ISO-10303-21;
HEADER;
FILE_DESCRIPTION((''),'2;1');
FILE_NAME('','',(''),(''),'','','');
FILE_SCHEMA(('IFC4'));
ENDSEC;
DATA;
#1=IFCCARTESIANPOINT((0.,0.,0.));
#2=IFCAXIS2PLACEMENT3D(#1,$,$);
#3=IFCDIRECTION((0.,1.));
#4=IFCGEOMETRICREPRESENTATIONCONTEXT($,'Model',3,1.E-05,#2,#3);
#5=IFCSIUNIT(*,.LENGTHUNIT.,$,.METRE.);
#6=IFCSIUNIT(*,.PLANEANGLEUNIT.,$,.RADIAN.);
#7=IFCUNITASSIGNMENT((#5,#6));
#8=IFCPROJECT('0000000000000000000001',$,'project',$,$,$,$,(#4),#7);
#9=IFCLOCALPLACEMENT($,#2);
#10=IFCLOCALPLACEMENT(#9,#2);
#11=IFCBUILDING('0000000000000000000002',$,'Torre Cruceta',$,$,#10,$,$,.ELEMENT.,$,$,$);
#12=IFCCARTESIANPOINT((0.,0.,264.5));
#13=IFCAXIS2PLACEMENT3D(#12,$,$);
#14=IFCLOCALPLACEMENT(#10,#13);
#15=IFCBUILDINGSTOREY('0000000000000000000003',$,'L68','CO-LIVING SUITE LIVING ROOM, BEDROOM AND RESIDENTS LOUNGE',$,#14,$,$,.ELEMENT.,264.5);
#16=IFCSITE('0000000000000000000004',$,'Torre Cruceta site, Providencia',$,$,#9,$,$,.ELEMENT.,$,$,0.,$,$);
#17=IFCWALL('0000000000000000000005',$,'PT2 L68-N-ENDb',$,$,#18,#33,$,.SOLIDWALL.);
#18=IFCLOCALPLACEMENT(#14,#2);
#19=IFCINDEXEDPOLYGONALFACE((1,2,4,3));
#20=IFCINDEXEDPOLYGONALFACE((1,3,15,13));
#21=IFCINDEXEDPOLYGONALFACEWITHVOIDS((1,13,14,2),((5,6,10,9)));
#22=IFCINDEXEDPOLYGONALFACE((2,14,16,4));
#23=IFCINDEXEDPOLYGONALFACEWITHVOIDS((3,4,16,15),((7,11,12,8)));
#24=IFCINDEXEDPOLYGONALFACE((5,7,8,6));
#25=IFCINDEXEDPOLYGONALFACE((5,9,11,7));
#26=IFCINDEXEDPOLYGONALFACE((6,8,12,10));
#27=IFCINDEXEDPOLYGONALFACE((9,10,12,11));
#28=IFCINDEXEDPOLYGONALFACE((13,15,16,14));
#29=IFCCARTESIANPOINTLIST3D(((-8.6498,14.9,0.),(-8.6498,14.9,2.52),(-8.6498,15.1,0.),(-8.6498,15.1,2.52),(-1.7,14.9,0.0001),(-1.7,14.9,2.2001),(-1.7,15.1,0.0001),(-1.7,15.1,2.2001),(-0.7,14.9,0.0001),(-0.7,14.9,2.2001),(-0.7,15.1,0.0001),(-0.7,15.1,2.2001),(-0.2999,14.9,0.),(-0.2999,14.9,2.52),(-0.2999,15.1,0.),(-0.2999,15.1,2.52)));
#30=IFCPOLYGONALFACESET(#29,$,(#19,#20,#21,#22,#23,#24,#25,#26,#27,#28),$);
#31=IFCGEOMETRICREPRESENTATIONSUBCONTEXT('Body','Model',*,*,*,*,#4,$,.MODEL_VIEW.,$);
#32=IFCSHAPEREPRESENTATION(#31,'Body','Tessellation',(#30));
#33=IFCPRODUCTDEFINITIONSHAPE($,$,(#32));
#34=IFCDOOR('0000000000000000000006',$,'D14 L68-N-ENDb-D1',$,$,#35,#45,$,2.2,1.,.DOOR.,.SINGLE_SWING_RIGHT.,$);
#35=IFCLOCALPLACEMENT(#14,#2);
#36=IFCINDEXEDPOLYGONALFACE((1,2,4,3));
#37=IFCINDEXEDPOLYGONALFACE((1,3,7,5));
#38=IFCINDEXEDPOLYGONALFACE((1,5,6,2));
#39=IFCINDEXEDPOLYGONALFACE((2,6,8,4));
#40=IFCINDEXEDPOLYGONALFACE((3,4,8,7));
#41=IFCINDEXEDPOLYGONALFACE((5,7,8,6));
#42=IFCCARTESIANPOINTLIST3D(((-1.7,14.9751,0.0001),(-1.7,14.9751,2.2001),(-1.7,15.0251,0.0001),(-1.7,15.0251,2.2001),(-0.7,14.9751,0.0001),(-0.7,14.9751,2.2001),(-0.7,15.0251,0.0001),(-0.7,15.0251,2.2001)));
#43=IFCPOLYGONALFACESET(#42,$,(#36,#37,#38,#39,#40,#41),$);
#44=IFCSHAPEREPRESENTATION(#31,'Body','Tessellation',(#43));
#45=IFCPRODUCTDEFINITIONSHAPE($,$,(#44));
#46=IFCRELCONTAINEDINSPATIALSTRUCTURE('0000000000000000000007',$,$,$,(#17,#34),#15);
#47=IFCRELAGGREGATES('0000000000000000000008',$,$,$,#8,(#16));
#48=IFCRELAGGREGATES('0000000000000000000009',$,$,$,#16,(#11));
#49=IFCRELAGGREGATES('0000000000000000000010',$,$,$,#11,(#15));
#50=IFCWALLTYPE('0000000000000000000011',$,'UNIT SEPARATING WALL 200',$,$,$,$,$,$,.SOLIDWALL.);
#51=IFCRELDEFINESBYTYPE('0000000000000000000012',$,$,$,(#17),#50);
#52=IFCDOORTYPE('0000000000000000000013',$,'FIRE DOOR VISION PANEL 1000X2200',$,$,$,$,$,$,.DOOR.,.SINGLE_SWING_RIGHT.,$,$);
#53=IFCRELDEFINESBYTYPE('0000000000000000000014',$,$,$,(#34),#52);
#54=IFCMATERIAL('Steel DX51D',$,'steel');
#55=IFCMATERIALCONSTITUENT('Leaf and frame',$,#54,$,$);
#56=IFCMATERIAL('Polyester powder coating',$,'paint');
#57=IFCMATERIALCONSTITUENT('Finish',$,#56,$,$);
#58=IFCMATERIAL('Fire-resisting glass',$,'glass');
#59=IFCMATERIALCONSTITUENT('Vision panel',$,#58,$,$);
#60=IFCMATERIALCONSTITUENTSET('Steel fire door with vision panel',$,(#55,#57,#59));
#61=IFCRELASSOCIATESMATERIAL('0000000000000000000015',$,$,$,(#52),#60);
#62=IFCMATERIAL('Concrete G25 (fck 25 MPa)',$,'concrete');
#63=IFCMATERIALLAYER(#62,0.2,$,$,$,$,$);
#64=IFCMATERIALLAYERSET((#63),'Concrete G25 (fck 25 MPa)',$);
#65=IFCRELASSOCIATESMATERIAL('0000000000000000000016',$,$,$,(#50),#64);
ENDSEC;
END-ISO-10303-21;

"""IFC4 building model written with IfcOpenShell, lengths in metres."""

from ifc_helpers import new_model, si_unit, direction, frame, frame_2d, origin, place, context, subcontext, project, spatial, rectangle, extrude, material, layer, layer_set, constituent, constituent_set, type_object, element, fill, save


model = new_model("IFC4")

# Units and contexts
model_context = context("Model", 3, precision=1e-05, world=origin(), true_north=direction((0.0, 1.0)))
body_context = subcontext(model_context, "Body", "Model", "MODEL_VIEW")
ifc_project = project(units=[si_unit("LENGTHUNIT", "METRE"), si_unit("PLANEANGLEUNIT", "RADIAN")], contexts=[model_context])

# Site, building, storey
site_placement = place(None, origin())
site = spatial("IfcSite", under=ifc_project, at=site_placement, Name="Torre Cruceta site, Providencia", CompositionType="ELEMENT", RefElevation=0.0)
building_placement = place(site_placement, origin())
building = spatial("IfcBuilding", under=site, at=building_placement, Name="Torre Cruceta", CompositionType="ELEMENT")
storey_placement = place(building_placement, frame((0.0, 0.0, 264.5)))
storey = spatial("IfcBuildingStorey", under=building, at=storey_placement, Name="L68", Description="CO-LIVING SUITE LIVING ROOM, BEDROOM AND RESIDENTS LOUNGE", CompositionType="ELEMENT", Elevation=264.5)

# Shared definitions
ifc_material_1 = material(Name="Steel DX51D", Category="steel")
ifc_constituent_1 = constituent(ifc_material_1, Name="Leaf and frame")
ifc_material_2 = material(Name="Polyester powder coating", Category="paint")
ifc_constituent_2 = constituent(ifc_material_2, Name="Finish")
ifc_material_3 = material(Name="Fire-resisting glass", Category="glass")
ifc_constituent_3 = constituent(ifc_material_3, Name="Vision panel")
ifc_constituent_set_1 = constituent_set(constituents=[ifc_constituent_1, ifc_constituent_2, ifc_constituent_3], Name="Steel fire door with vision panel")
door_type_1 = type_object("IfcDoorType", Name="FIRE DOOR VISION PANEL 1000X2200", OperationType="SINGLE_SWING_RIGHT", PredefinedType="DOOR", material=ifc_constituent_set_1)

# Wall, opening, door
ifc_material_4 = material(Name="Concrete G25 (fck 25 MPa)", Category="concrete")
ifc_layer_1 = layer(ifc_material_4, 0.2)
ifc_layer_set_1 = layer_set([ifc_layer_1], Name="Concrete G25 (fck 25 MPa)")
wall_type_1 = type_object("IfcWallType", Name="UNIT SEPARATING WALL 200", PredefinedType="SOLIDWALL", material=ifc_layer_set_1)
wall_1_placement = place(storey_placement, frame((-0.3, 15.0, 0.0), z_axis=(0.0, 0.0, 1.0), x_axis=(-1.0, 0.0, 0.0)))
wall_1 = element("IfcWall", 1, at=wall_1_placement, inside=storey, type_object=wall_type_1, Name="PT2 L68-N-ENDb", PredefinedType="SOLIDWALL", context=body_context, shape_type="SweptSolid", body=[
    extrude(rectangle(XDim=8.3499, YDim=0.2, at=frame_2d((4.1748, 0.0))), origin(), (0.0, 0.0, 1.0), 2.52),
])
opening_1_placement = place(wall_1_placement, frame((0.3999, 0.0, 0.0)))
opening_1 = element("IfcOpeningElement", 2, at=opening_1_placement, cuts=wall_1, PredefinedType="OPENING", context=body_context, shape_type="SweptSolid", body=[
    extrude(rectangle(XDim=1.0, YDim=2.2, at=frame_2d((0.5, 1.1001))), frame((0.0, 0.1099, 0.0), z_axis=(0.0, -1.0, 0.0), x_axis=(1.0, 0.0, 0.0)), (0.0, 0.0, 1.0), 0.22),
])
door_1_placement = place(opening_1_placement, frame((1.0, 0.0, 0.0), z_axis=(0.0, 0.0, 1.0), x_axis=(-1.0, 0.0, 0.0)))
door_1 = element("IfcDoor", 3, at=door_1_placement, inside=storey, type_object=door_type_1, Name="D14 L68-N-ENDb-D1", OperationType="SINGLE_SWING_RIGHT", OverallHeight=2.2, OverallWidth=1.0, PredefinedType="DOOR", context=body_context, shape_type="SweptSolid", body=[
    extrude(rectangle(XDim=1.0, YDim=2.2, at=frame_2d((0.5, 1.1001))), frame((0.0, 0.0251, 0.0), z_axis=(0.0, -1.0, 0.0), x_axis=(1.0, 0.0, 0.0)), (0.0, 0.0, 1.0), 0.05),
])
fill(opening_1, door_1)

save(model, "model.ifc")
